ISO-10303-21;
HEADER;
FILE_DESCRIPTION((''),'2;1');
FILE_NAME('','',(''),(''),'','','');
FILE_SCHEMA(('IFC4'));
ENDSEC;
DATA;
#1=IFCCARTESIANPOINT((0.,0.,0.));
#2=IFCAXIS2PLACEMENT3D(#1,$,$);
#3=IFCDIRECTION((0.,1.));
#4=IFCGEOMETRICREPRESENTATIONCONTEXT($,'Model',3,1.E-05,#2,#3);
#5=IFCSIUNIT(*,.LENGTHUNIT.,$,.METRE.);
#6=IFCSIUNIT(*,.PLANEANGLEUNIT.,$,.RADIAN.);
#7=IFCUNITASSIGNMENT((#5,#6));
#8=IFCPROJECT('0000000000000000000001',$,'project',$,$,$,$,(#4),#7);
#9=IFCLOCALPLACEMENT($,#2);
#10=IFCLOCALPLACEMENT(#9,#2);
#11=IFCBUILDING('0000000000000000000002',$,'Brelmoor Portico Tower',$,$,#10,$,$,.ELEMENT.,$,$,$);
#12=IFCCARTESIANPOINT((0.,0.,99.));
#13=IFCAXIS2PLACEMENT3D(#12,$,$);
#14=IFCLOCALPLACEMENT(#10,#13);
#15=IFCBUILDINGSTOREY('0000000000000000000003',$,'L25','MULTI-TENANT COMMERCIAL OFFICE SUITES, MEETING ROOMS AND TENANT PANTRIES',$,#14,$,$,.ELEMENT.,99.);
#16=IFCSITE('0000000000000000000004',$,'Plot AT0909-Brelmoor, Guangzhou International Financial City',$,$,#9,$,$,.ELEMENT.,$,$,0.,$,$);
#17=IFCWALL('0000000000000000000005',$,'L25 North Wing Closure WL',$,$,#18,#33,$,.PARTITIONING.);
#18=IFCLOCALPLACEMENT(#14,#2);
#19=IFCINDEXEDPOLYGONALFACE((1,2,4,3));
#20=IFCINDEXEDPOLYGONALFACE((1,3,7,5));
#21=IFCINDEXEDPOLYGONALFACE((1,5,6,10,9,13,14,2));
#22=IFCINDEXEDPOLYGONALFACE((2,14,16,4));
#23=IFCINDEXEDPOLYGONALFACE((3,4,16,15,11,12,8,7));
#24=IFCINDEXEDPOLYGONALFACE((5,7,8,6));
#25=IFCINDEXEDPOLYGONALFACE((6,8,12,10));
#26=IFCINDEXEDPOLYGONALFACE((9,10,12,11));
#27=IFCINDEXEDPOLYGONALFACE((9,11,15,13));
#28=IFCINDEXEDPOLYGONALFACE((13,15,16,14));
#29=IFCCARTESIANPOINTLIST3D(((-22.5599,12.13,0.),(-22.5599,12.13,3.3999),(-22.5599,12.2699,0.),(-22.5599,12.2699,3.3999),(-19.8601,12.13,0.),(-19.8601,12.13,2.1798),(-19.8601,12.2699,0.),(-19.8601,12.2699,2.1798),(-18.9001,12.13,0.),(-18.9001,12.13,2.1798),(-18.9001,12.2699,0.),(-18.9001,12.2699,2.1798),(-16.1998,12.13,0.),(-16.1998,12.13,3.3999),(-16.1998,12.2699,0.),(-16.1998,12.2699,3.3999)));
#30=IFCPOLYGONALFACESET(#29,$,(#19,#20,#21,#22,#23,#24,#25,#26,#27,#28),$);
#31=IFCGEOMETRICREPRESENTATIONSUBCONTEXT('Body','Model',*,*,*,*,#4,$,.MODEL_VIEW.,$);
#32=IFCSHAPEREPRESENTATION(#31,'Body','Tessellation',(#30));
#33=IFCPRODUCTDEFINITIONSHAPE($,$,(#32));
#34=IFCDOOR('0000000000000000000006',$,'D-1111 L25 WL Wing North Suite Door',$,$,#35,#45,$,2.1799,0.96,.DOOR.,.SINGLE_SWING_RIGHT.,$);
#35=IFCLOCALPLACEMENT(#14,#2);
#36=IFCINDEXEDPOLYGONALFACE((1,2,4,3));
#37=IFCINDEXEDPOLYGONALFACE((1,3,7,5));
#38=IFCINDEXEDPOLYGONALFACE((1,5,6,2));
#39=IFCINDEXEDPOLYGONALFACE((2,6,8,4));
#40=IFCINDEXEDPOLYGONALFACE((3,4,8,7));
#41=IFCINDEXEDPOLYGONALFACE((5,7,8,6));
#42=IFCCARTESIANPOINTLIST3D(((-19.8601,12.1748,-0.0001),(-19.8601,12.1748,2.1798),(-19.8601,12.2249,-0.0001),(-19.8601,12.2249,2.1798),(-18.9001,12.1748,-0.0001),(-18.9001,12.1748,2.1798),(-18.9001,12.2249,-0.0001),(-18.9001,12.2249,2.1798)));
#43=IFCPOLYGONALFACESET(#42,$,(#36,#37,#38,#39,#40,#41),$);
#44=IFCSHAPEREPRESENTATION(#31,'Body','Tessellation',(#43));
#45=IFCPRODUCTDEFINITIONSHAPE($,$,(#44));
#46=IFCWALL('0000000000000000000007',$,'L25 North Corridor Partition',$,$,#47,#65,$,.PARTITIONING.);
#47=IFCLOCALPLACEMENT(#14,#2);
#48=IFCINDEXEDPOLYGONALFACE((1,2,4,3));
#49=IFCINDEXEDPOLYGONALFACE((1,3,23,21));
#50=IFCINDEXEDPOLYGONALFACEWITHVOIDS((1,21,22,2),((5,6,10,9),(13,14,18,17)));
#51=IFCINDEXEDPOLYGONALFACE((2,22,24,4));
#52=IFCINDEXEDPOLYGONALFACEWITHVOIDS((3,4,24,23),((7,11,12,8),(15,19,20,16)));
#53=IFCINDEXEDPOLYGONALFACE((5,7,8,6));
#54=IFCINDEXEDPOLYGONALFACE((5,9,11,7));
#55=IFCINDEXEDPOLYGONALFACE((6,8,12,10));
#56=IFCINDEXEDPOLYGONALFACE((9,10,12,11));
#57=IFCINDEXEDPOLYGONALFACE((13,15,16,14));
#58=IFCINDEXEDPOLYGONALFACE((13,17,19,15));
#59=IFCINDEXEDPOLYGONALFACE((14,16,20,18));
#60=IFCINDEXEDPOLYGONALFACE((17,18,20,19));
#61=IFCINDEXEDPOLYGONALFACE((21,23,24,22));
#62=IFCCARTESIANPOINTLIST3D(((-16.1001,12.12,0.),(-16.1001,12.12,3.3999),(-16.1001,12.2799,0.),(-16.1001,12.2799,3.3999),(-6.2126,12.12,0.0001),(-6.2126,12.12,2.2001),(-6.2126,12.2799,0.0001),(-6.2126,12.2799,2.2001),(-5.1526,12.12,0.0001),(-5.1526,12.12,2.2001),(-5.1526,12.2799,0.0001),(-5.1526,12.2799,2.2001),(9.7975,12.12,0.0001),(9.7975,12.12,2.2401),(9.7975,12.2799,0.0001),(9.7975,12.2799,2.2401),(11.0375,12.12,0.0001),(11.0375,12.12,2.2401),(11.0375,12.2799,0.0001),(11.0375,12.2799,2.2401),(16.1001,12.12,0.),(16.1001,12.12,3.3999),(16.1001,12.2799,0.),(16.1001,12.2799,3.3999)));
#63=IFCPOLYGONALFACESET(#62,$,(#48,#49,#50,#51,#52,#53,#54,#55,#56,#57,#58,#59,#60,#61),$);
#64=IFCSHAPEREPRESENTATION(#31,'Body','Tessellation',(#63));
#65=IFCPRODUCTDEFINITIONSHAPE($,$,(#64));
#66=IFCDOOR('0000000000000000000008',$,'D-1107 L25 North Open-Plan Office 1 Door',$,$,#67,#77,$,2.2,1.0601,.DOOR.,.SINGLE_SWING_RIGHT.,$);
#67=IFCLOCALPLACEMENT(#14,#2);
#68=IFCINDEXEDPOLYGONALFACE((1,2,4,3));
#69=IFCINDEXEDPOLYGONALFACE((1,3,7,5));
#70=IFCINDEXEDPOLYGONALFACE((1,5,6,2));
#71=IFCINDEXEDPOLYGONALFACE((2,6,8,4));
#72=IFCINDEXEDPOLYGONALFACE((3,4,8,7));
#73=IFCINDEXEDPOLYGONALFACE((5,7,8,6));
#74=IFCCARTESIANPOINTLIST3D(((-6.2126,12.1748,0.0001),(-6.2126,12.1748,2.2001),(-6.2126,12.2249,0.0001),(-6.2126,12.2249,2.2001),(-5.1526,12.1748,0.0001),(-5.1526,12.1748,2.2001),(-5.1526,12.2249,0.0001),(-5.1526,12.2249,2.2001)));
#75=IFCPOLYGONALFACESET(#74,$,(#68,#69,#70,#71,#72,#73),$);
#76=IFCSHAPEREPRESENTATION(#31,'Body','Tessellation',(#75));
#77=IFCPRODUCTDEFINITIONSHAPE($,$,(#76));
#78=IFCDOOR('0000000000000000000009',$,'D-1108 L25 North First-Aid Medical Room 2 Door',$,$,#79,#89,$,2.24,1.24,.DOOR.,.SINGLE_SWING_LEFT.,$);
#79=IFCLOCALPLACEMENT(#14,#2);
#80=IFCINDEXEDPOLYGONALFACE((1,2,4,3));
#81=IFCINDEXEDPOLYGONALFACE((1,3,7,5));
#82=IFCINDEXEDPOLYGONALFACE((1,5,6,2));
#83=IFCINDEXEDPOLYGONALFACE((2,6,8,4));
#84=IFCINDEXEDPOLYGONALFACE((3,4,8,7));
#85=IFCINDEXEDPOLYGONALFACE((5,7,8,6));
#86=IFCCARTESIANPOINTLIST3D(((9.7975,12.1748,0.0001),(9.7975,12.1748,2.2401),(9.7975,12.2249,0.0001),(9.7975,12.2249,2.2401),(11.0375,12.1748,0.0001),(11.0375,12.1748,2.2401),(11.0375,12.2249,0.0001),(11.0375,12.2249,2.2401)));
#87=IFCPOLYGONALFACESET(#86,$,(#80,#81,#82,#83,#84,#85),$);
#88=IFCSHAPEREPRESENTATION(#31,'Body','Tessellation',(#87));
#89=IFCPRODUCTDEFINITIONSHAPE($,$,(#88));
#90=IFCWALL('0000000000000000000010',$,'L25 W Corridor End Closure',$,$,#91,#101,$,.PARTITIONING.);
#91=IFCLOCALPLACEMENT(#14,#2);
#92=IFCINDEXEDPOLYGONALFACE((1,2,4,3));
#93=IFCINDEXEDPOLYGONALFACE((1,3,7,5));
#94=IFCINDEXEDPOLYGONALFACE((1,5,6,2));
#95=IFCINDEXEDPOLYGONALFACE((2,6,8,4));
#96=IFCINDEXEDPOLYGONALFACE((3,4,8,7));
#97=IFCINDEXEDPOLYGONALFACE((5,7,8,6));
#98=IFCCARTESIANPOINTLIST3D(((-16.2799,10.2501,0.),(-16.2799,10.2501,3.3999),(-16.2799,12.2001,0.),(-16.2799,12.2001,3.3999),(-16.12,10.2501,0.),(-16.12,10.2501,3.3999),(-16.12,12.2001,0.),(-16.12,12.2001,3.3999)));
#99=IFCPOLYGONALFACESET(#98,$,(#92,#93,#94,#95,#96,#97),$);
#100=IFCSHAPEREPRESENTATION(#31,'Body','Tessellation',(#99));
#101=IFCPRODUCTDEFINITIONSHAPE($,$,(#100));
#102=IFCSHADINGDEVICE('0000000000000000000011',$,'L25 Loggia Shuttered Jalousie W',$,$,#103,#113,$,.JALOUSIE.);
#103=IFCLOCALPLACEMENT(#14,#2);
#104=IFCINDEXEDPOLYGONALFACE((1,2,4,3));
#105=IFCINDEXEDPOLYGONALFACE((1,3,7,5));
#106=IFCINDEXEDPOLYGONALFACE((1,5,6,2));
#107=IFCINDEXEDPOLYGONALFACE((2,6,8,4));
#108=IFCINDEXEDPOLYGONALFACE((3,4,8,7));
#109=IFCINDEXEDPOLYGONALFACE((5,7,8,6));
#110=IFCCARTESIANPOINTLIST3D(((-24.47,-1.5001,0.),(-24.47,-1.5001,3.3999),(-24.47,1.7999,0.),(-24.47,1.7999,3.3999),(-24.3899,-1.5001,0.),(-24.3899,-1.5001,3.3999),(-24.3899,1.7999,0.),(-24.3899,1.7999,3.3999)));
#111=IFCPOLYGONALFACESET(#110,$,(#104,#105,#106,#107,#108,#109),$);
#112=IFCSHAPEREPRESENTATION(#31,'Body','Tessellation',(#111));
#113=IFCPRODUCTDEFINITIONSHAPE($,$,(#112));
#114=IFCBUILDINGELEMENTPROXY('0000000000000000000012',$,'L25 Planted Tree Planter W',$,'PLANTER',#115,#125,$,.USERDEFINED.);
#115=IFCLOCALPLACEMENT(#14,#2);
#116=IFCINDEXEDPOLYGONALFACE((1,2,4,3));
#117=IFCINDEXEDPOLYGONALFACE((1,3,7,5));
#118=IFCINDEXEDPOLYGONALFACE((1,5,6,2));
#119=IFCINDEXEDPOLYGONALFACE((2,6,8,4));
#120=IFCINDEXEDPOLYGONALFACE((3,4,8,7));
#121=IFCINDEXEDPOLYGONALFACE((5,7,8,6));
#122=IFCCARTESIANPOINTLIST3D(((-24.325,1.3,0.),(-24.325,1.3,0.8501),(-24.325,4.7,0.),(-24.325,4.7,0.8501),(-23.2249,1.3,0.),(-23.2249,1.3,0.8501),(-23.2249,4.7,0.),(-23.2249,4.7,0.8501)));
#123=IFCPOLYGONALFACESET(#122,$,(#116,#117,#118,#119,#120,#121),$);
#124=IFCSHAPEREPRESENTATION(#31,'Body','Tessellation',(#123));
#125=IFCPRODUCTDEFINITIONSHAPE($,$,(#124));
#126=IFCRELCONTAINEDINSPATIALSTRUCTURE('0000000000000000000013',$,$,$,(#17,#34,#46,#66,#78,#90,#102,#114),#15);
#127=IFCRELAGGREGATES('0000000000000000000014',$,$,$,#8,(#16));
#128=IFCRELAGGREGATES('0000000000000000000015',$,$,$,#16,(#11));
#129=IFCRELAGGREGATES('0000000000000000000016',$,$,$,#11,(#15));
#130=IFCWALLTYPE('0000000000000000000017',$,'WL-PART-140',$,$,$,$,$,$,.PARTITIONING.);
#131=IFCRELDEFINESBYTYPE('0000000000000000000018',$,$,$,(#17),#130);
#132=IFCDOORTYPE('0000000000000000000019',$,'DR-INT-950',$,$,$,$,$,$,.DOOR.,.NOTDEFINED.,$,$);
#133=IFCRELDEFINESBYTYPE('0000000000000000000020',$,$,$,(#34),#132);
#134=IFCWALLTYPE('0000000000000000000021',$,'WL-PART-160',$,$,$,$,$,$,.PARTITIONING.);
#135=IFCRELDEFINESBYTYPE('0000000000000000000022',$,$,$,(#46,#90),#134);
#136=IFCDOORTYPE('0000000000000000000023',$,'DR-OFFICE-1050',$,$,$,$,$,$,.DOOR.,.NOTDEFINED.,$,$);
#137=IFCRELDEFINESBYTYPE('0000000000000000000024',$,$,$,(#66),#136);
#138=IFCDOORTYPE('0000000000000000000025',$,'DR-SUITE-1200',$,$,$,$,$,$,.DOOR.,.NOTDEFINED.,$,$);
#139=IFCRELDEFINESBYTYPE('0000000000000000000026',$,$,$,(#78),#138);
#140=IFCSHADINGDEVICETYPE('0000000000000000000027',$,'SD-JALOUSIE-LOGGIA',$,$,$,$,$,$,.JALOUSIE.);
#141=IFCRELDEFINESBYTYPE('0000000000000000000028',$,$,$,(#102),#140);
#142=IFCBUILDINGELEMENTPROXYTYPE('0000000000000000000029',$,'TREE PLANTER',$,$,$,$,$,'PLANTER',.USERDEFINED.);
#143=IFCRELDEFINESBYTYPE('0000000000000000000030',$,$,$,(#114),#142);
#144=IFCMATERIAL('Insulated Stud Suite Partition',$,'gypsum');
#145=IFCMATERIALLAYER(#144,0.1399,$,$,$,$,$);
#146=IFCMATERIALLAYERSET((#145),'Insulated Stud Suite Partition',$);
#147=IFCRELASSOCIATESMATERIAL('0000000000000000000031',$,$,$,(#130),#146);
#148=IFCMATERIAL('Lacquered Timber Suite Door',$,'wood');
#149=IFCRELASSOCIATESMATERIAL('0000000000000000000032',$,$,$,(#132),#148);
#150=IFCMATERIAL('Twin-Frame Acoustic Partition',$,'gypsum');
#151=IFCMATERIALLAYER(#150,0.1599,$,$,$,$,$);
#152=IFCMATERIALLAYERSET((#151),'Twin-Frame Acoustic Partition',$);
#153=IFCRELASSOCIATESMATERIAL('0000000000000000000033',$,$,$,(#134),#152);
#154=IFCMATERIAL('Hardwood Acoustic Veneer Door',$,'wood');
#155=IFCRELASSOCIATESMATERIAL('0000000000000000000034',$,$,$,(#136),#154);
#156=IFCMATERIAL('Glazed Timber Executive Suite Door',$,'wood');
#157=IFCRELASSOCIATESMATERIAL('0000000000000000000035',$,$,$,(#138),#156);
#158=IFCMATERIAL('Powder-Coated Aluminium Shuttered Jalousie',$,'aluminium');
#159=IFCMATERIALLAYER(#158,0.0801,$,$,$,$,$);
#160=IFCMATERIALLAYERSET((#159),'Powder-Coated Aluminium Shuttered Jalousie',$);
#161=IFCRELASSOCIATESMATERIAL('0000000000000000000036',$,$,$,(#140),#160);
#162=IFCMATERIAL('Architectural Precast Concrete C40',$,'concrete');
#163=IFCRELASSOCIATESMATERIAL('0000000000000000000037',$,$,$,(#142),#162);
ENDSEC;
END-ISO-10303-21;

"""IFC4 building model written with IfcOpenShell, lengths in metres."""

from ifc_helpers import new_model, si_unit, direction, frame, frame_2d, origin, origin_2d, place, context, subcontext, project, spatial, rectangle, extrude, material, layer, layer_set, type_object, element, fill, save


model = new_model("IFC4")

# Units and contexts
model_context = context("Model", 3, precision=1e-05, world=origin(), true_north=direction((0.0, 1.0)))
body_context = subcontext(model_context, "Body", "Model", "MODEL_VIEW")
ifc_project = project(units=[si_unit("LENGTHUNIT", "METRE"), si_unit("PLANEANGLEUNIT", "RADIAN")], contexts=[model_context])

# Site, building, storey
site_placement = place(None, origin())
site = spatial("IfcSite", under=ifc_project, at=site_placement, Name="Plot AT0909-Brelmoor, Guangzhou International Financial City", CompositionType="ELEMENT", RefElevation=0.0)
building_placement = place(site_placement, origin())
building = spatial("IfcBuilding", under=site, at=building_placement, Name="Brelmoor Portico Tower", CompositionType="ELEMENT")
storey_placement = place(building_placement, frame((0.0, 0.0, 99.0)))
storey = spatial("IfcBuildingStorey", under=building, at=storey_placement, Name="L25", Description="MULTI-TENANT COMMERCIAL OFFICE SUITES, MEETING ROOMS AND TENANT PANTRIES", CompositionType="ELEMENT", Elevation=99.0)

# Wall, opening, door
ifc_material_1 = material(Name="Insulated Stud Suite Partition", Category="gypsum")
ifc_layer_1 = layer(ifc_material_1, 0.1399)
ifc_layer_set_1 = layer_set([ifc_layer_1], Name="Insulated Stud Suite Partition")
wall_type_1 = type_object("IfcWallType", Name="WL-PART-140", PredefinedType="PARTITIONING", material=ifc_layer_set_1)
wall_1_placement = place(storey_placement, frame((-22.5601, 12.2, 0.0), z_axis=(0.0, 0.0, 1.0), x_axis=(1.0, 0.0, 0.0)))
wall_1 = element("IfcWall", 1, at=wall_1_placement, inside=storey, type_object=wall_type_1, Name="L25 North Wing Closure WL", PredefinedType="PARTITIONING", context=body_context, shape_type="SweptSolid", body=[
    extrude(rectangle(XDim=6.3601, YDim=0.1399, at=frame_2d((3.1802, 0.0))), origin(), (0.0, 0.0, 1.0), 3.3999),
])
opening_1_placement = place(wall_1_placement, frame((2.7, 0.0, 0.0)))
opening_1 = element("IfcOpeningElement", 2, at=opening_1_placement, cuts=wall_1, PredefinedType="OPENING", context=body_context, shape_type="SweptSolid", body=[
    extrude(rectangle(XDim=0.96, YDim=2.1799, at=frame_2d((0.48, 1.0898))), frame((0.0, 0.0798, 0.0), z_axis=(0.0, -1.0, 0.0), x_axis=(1.0, 0.0, 0.0)), (0.0, 0.0, 1.0), 0.1599),
])
ifc_material_2 = material(Name="Lacquered Timber Suite Door", Category="wood")
door_type_1 = type_object("IfcDoorType", Name="DR-INT-950", OperationType="NOTDEFINED", PredefinedType="DOOR", material=ifc_material_2)
door_1_placement = place(opening_1_placement, origin())
door_1 = element("IfcDoor", 3, at=door_1_placement, inside=storey, type_object=door_type_1, Name="D-1111 L25 WL Wing North Suite Door", OperationType="SINGLE_SWING_RIGHT", OverallHeight=2.1799, OverallWidth=0.96, PredefinedType="DOOR", context=body_context, shape_type="SweptSolid", body=[
    extrude(rectangle(XDim=0.96, YDim=2.1799, at=frame_2d((0.48, 1.0898))), frame((0.0, 0.0249, 0.0), z_axis=(0.0, -1.0, 0.0), x_axis=(1.0, 0.0, 0.0)), (0.0, 0.0, 1.0), 0.05),
])
fill(opening_1, door_1)

# Wall, openings, doors
ifc_material_3 = material(Name="Twin-Frame Acoustic Partition", Category="gypsum")
ifc_layer_2 = layer(ifc_material_3, 0.1599)
ifc_layer_set_2 = layer_set([ifc_layer_2], Name="Twin-Frame Acoustic Partition")
wall_type_2 = type_object("IfcWallType", Name="WL-PART-160", PredefinedType="PARTITIONING", material=ifc_layer_set_2)
wall_2_placement = place(storey_placement, frame((-16.1001, 12.2, 0.0), z_axis=(0.0, 0.0, 1.0), x_axis=(1.0, 0.0, 0.0)))
wall_2 = element("IfcWall", 4, at=wall_2_placement, inside=storey, type_object=wall_type_2, Name="L25 North Corridor Partition", PredefinedType="PARTITIONING", context=body_context, shape_type="SweptSolid", body=[
    extrude(rectangle(XDim=32.2002, YDim=0.1599, at=frame_2d((16.1001, 0.0))), origin(), (0.0, 0.0, 1.0), 3.3999),
])
opening_2_placement = place(wall_2_placement, frame((9.8875, 0.0, 0.0)))
opening_2 = element("IfcOpeningElement", 5, at=opening_2_placement, cuts=wall_2, PredefinedType="OPENING", context=body_context, shape_type="SweptSolid", body=[
    extrude(rectangle(XDim=1.0601, YDim=2.2, at=frame_2d((0.53, 1.1001))), frame((0.0, 0.0898, 0.0), z_axis=(0.0, -1.0, 0.0), x_axis=(1.0, 0.0, 0.0)), (0.0, 0.0, 1.0), 0.1799),
])
opening_3_placement = place(wall_2_placement, frame((25.8975, 0.0, 0.0)))
opening_3 = element("IfcOpeningElement", 6, at=opening_3_placement, cuts=wall_2, PredefinedType="OPENING", context=body_context, shape_type="SweptSolid", body=[
    extrude(rectangle(XDim=1.24, YDim=2.24, at=frame_2d((0.6201, 1.1201))), frame((0.0, 0.0898, 0.0), z_axis=(0.0, -1.0, 0.0), x_axis=(1.0, 0.0, 0.0)), (0.0, 0.0, 1.0), 0.1799),
])
ifc_material_4 = material(Name="Hardwood Acoustic Veneer Door", Category="wood")
door_type_2 = type_object("IfcDoorType", Name="DR-OFFICE-1050", OperationType="NOTDEFINED", PredefinedType="DOOR", material=ifc_material_4)
door_2_placement = place(opening_2_placement, origin())
door_2 = element("IfcDoor", 7, at=door_2_placement, inside=storey, type_object=door_type_2, Name="D-1107 L25 North Open-Plan Office 1 Door", OperationType="SINGLE_SWING_RIGHT", OverallHeight=2.2, OverallWidth=1.0601, PredefinedType="DOOR", context=body_context, shape_type="SweptSolid", body=[
    extrude(rectangle(XDim=1.0601, YDim=2.2, at=frame_2d((0.53, 1.1001))), frame((0.0, 0.0249, 0.0), z_axis=(0.0, -1.0, 0.0), x_axis=(1.0, 0.0, 0.0)), (0.0, 0.0, 1.0), 0.05),
])
fill(opening_2, door_2)
ifc_material_5 = material(Name="Glazed Timber Executive Suite Door", Category="wood")
door_type_3 = type_object("IfcDoorType", Name="DR-SUITE-1200", OperationType="NOTDEFINED", PredefinedType="DOOR", material=ifc_material_5)
door_3_placement = place(opening_3_placement, origin())
door_3 = element("IfcDoor", 8, at=door_3_placement, inside=storey, type_object=door_type_3, Name="D-1108 L25 North First-Aid Medical Room 2 Door", OperationType="SINGLE_SWING_LEFT", OverallHeight=2.24, OverallWidth=1.24, PredefinedType="DOOR", context=body_context, shape_type="SweptSolid", body=[
    extrude(rectangle(XDim=1.24, YDim=2.24, at=frame_2d((0.6201, 1.1201))), frame((0.0, 0.0249, 0.0), z_axis=(0.0, -1.0, 0.0), x_axis=(1.0, 0.0, 0.0)), (0.0, 0.0, 1.0), 0.05),
])
fill(opening_3, door_3)

# Wall
wall_3_placement = place(storey_placement, frame((-16.2, 10.25, 0.0), z_axis=(0.0, 0.0, 1.0), x_axis=(0.0, 1.0, 0.0)))
element("IfcWall", 9, at=wall_3_placement, inside=storey, type_object=wall_type_2, Name="L25 W Corridor End Closure", PredefinedType="PARTITIONING", context=body_context, shape_type="SweptSolid", body=[
    extrude(rectangle(XDim=1.95, YDim=0.1599, at=frame_2d((0.9751, 0.0))), origin(), (0.0, 0.0, 1.0), 3.3999),
])

# Shading device
ifc_material_6 = material(Name="Powder-Coated Aluminium Shuttered Jalousie", Category="aluminium")
ifc_layer_3 = layer(ifc_material_6, 0.0801)
ifc_layer_set_3 = layer_set([ifc_layer_3], Name="Powder-Coated Aluminium Shuttered Jalousie")
shading_device_type = type_object("IfcShadingDeviceType", Name="SD-JALOUSIE-LOGGIA", PredefinedType="JALOUSIE", material=ifc_layer_set_3)
shading_device_placement = place(storey_placement, frame((-24.4299, 0.1499, 0.0), z_axis=(0.0, 0.0, 1.0), x_axis=(0.0, 1.0, 0.0)))
element("IfcShadingDevice", 10, at=shading_device_placement, inside=storey, type_object=shading_device_type, Name="L25 Loggia Shuttered Jalousie W", PredefinedType="JALOUSIE", context=body_context, shape_type="SweptSolid", body=[
    extrude(rectangle(XDim=3.3, YDim=0.0801, at=origin_2d()), origin(), (0.0, 0.0, 1.0), 3.3999),
])

# Building element proxy
ifc_material_7 = material(Name="Architectural Precast Concrete C40", Category="concrete")
building_element_proxy_type = type_object("IfcBuildingElementProxyType", Name="TREE PLANTER", ElementType="PLANTER", PredefinedType="USERDEFINED", material=ifc_material_7)
proxy_placement = place(storey_placement, frame((-23.7749, 3.0, 0.0), z_axis=(0.0, 0.0, 1.0), x_axis=(0.0, 1.0, 0.0)))
element("IfcBuildingElementProxy", 11, at=proxy_placement, inside=storey, type_object=building_element_proxy_type, Name="L25 Planted Tree Planter W", ObjectType="PLANTER", PredefinedType="USERDEFINED", context=body_context, shape_type="SweptSolid", body=[
    extrude(rectangle(XDim=3.3999, YDim=1.1001, at=origin_2d()), origin(), (0.0, 0.0, 1.0), 0.8501),
])

save(model, "model.ifc")
